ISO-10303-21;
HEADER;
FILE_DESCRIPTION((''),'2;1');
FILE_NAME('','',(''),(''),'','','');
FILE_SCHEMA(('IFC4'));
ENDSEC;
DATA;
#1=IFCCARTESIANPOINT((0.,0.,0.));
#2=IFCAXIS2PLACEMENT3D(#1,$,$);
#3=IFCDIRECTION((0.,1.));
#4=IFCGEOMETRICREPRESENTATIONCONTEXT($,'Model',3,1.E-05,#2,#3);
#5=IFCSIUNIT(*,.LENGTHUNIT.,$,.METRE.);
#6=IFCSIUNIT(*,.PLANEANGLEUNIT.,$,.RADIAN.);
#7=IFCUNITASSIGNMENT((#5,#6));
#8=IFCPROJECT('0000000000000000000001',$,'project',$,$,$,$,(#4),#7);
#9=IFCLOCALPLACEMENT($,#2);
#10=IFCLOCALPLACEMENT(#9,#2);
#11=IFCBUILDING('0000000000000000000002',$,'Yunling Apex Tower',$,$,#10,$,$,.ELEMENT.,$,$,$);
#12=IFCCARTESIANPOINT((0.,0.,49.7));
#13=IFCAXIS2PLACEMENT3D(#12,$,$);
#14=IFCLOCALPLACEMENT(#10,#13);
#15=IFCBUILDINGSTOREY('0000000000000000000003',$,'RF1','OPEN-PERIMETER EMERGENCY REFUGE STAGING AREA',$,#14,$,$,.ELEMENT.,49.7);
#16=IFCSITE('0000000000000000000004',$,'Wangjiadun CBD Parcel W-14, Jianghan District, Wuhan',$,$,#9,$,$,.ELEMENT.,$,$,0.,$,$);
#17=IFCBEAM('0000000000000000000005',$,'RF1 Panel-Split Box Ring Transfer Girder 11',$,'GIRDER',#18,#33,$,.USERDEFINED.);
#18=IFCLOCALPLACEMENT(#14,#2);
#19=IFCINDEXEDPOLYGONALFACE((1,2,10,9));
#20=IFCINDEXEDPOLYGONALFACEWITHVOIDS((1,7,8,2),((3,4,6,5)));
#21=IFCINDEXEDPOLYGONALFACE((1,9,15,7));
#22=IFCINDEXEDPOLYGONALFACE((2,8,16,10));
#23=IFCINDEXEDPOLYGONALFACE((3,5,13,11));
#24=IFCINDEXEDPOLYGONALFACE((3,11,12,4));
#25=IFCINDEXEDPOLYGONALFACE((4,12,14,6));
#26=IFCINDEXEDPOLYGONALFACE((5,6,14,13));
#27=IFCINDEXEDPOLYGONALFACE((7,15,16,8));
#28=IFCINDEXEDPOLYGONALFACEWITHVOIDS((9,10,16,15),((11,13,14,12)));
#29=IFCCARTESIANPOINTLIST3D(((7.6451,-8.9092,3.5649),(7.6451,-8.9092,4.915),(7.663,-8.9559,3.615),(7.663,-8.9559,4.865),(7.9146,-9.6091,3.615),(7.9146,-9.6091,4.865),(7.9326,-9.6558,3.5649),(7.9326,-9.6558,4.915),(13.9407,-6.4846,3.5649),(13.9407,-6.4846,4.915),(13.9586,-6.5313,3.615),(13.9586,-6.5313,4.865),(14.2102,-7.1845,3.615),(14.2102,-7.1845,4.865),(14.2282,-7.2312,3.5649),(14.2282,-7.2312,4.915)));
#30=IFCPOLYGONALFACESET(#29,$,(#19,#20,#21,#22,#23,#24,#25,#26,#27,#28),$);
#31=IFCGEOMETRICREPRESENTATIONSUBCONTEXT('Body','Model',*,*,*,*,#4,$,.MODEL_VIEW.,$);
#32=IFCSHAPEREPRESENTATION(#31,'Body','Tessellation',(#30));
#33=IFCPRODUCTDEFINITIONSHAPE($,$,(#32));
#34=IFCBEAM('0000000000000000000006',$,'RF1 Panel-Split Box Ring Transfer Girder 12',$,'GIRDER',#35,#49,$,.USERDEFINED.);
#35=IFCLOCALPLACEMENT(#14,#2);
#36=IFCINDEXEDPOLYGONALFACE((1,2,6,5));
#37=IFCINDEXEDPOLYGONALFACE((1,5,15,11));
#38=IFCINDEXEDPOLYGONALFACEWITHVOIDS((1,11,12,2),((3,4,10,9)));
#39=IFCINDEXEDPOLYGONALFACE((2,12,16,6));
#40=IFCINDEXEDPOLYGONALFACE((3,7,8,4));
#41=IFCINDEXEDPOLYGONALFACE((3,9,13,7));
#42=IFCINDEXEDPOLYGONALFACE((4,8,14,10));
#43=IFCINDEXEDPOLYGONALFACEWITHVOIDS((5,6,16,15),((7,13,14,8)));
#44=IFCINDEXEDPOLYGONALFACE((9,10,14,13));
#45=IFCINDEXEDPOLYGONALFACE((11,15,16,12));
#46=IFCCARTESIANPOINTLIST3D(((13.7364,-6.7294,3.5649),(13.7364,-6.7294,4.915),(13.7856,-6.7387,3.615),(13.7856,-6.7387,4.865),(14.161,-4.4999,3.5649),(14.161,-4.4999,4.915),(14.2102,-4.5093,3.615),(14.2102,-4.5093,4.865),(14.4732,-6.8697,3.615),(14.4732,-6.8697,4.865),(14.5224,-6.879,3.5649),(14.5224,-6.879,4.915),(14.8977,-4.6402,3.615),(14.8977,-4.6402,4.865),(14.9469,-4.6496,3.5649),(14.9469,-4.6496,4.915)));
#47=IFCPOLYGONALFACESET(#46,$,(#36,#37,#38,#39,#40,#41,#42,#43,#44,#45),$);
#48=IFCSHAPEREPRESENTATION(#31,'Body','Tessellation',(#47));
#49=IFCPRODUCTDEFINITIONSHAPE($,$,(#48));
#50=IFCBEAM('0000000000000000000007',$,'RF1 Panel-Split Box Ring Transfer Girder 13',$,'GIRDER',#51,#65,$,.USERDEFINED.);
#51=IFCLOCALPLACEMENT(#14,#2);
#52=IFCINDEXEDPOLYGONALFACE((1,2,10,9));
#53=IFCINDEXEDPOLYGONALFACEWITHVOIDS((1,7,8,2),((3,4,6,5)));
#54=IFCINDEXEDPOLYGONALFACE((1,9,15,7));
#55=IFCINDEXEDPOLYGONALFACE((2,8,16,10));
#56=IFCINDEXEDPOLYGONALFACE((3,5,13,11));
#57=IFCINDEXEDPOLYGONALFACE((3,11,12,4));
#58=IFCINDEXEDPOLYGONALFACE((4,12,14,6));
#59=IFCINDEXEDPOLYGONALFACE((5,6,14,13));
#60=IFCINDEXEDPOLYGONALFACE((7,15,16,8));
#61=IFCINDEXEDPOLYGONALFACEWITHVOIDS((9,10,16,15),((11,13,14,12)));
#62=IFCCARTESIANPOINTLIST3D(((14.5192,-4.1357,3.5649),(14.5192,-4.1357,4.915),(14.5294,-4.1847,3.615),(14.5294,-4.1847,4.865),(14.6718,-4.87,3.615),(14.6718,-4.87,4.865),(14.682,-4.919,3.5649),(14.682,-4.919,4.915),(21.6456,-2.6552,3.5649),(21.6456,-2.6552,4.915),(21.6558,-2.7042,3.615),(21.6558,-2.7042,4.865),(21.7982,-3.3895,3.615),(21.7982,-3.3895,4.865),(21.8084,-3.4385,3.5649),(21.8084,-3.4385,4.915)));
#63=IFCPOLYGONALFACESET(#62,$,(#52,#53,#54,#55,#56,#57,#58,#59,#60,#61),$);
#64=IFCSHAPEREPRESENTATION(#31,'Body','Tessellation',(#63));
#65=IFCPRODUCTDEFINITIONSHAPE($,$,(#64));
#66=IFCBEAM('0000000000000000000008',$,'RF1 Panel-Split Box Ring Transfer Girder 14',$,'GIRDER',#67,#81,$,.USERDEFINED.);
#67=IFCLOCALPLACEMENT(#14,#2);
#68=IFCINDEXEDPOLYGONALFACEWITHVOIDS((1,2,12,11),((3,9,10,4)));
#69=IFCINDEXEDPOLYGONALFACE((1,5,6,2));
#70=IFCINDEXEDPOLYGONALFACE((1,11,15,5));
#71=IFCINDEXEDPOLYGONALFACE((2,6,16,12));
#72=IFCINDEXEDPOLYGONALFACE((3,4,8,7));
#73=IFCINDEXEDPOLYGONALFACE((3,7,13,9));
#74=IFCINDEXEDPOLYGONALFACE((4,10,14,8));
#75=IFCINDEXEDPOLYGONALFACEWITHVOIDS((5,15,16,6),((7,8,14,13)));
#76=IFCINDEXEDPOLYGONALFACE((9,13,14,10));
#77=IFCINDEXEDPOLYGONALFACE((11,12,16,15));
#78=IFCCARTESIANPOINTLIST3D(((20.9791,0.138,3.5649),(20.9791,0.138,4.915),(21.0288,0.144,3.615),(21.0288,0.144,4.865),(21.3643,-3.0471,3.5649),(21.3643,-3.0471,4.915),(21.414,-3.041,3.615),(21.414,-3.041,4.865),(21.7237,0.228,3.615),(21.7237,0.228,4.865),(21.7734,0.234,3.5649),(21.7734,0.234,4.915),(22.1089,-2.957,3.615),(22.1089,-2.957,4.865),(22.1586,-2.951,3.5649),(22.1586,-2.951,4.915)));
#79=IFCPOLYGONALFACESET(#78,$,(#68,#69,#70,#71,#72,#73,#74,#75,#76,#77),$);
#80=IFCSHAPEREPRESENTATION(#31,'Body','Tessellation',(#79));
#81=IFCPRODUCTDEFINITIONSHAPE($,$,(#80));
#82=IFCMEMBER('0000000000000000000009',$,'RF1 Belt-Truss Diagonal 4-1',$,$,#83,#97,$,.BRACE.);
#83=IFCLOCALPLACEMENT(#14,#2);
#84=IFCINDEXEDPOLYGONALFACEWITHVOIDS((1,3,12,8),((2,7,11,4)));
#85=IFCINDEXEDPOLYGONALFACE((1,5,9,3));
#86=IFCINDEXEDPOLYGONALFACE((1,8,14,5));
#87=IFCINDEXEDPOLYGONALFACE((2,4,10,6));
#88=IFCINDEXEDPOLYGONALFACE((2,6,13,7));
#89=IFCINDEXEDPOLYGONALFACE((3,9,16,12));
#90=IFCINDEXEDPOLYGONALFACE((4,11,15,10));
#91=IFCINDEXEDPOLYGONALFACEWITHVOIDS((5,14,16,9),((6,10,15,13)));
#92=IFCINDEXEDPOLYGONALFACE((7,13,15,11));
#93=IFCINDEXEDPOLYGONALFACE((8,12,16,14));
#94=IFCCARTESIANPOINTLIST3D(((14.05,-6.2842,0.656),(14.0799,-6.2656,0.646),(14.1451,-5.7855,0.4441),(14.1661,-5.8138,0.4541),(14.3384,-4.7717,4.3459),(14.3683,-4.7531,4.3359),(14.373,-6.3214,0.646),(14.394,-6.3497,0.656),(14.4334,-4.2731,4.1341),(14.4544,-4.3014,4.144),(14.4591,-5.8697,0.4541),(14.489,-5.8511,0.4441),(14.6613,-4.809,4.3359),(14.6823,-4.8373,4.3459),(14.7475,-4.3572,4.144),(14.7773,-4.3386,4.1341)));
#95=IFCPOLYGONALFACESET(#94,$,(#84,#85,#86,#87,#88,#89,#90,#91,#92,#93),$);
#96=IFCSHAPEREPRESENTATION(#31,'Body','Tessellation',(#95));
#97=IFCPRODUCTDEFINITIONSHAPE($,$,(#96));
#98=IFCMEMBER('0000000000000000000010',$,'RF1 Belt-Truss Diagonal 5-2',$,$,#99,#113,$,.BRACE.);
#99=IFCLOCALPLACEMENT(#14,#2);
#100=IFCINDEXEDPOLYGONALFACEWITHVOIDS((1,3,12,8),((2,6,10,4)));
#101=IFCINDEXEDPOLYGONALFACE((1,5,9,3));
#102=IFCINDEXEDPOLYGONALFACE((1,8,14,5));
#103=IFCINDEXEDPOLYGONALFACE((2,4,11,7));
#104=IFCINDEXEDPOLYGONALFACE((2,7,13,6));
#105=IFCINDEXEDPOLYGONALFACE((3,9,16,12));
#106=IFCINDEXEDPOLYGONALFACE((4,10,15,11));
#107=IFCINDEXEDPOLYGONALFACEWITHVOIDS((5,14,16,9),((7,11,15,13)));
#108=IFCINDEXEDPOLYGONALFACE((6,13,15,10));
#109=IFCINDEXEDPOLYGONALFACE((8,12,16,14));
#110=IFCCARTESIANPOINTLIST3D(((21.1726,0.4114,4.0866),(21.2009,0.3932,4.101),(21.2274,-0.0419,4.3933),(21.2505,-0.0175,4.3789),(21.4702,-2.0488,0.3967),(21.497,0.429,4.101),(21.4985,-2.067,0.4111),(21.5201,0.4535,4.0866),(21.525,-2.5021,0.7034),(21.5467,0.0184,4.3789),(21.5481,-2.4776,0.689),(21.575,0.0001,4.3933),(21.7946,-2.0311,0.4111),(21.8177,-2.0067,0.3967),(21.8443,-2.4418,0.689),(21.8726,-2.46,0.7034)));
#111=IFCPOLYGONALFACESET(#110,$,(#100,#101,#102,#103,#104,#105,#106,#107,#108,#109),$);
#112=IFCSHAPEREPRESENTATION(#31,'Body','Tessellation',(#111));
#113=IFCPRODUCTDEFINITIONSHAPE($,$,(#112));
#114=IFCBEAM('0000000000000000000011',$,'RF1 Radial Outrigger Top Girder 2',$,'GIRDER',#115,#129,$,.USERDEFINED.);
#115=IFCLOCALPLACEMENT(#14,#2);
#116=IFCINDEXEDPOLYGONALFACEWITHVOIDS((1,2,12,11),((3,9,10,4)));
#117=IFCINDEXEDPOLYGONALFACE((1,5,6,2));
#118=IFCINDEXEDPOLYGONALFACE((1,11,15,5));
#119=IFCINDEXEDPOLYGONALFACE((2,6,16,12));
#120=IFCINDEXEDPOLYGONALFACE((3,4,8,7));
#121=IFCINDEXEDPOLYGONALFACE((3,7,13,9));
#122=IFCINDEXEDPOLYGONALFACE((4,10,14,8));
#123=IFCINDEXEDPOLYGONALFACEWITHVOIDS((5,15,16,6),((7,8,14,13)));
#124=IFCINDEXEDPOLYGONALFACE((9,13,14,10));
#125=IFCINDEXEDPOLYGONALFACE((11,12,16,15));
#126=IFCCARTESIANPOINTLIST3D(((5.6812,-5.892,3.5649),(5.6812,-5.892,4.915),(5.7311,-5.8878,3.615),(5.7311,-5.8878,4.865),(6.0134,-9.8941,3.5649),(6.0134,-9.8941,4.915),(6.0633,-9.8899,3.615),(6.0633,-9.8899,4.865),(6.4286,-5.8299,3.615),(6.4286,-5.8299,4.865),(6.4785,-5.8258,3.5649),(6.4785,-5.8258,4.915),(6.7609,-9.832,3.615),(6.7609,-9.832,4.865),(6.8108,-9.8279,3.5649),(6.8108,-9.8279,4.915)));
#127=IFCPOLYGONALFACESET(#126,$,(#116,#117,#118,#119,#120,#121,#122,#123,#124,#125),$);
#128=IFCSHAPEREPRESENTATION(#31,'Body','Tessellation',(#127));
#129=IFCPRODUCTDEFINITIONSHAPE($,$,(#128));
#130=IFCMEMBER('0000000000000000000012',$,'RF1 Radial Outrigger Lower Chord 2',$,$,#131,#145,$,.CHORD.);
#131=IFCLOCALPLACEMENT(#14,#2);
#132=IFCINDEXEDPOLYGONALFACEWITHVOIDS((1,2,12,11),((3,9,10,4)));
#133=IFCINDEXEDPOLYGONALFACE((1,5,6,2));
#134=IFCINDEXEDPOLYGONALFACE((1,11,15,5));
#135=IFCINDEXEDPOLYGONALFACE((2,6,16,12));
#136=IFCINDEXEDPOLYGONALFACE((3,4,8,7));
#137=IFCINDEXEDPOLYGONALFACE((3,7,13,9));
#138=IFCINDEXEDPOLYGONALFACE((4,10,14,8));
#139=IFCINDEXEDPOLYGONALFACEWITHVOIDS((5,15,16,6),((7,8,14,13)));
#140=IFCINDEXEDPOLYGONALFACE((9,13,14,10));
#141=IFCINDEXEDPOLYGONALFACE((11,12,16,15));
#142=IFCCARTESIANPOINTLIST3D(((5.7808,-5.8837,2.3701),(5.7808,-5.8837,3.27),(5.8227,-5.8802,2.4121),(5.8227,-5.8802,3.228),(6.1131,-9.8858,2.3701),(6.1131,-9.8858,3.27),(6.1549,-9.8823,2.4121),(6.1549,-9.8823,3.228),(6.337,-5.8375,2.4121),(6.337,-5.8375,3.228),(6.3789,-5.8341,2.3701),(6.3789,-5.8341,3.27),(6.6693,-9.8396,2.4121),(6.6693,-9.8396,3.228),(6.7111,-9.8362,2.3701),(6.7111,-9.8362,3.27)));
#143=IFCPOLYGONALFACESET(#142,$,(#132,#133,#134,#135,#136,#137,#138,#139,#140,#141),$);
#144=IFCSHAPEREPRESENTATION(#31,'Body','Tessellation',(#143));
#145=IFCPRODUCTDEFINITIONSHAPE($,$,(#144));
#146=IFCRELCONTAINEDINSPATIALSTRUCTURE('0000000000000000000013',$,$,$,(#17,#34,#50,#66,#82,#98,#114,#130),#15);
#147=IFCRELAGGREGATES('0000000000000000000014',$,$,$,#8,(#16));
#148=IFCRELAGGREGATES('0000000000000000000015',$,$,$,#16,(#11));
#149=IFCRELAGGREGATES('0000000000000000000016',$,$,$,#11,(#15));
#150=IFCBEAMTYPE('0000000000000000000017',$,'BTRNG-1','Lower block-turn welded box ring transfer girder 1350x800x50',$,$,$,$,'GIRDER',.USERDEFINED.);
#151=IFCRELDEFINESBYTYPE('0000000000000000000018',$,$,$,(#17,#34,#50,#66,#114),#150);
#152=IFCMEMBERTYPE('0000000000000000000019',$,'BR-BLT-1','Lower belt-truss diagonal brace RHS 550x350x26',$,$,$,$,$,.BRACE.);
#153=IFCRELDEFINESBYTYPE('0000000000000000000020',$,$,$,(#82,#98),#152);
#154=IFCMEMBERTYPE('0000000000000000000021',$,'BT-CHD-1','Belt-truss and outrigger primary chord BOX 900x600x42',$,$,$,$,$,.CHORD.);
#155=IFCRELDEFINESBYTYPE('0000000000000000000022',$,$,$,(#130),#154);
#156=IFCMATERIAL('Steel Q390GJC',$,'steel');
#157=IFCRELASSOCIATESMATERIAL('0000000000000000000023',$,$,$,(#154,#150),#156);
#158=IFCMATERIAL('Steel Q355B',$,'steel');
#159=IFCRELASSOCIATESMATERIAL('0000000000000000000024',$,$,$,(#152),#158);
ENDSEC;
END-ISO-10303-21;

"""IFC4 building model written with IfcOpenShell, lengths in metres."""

from ifc_helpers import new_model, si_unit, direction, frame, origin, origin_2d, place, context, subcontext, project, spatial, hollow_rectangle, extrude, source, transform, mapped, material, material_profile, profile_set, type_object, element, save


model = new_model("IFC4")

# Units and contexts
model_context = context("Model", 3, precision=1e-05, world=origin(), true_north=direction((0.0, 1.0)))
body_context = subcontext(model_context, "Body", "Model", "MODEL_VIEW")
ifc_project = project(units=[si_unit("LENGTHUNIT", "METRE"), si_unit("PLANEANGLEUNIT", "RADIAN")], contexts=[model_context])

# Site, building, storey
site_placement = place(None, origin())
site = spatial("IfcSite", under=ifc_project, at=site_placement, Name="Wangjiadun CBD Parcel W-14, Jianghan District, Wuhan", CompositionType="ELEMENT", RefElevation=0.0)
building_placement = place(site_placement, origin())
building = spatial("IfcBuilding", under=site, at=building_placement, Name="Yunling Apex Tower", CompositionType="ELEMENT")
storey_placement = place(building_placement, frame((0.0, 0.0, 49.7)))
storey = spatial("IfcBuildingStorey", under=building, at=storey_placement, Name="RF1", Description="OPEN-PERIMETER EMERGENCY REFUGE STAGING AREA", CompositionType="ELEMENT", Elevation=49.7)

# Shared definitions
ifc_material_1 = material(Name="Steel Q390GJC", Category="steel")

# Shared definitions
ifc_material_profile_1 = material_profile(ifc_material_1, hollow_rectangle(XDim=0.6001, YDim=0.8999, WallThickness=0.042, at=origin_2d()))
ifc_profile_set_1 = profile_set([ifc_material_profile_1], Name="Steel Q390GJC")
member_type_1 = type_object("IfcMemberType", Name="BT-CHD-1", Description="Belt-truss and outrigger primary chord BOX 900x600x42", PredefinedType="CHORD", material=ifc_profile_set_1)

# Beams
ifc_material_profile_2 = material_profile(ifc_material_1, hollow_rectangle(XDim=0.8, YDim=1.3501, WallThickness=0.05, at=origin_2d()))
ifc_profile_set_2 = profile_set([ifc_material_profile_2], Name="Steel Q390GJC")
beam_type = type_object("IfcBeamType", Name="BTRNG-1", Description="Lower block-turn welded box ring transfer girder 1350x800x50", ElementType="GIRDER", PredefinedType="USERDEFINED", material=ifc_profile_set_2)
shared_shape_1 = source(origin(), body_context, "Body", "SweptSolid", [
    extrude(hollow_rectangle(XDim=0.8, YDim=1.3501, WallThickness=0.05, at=origin_2d()), origin(), (0.0, 0.0, 1.0), 6.7463),
])
beam_1_placement = place(storey_placement, frame((7.7888, -9.2825, 4.24), z_axis=(0.933189, 0.359386, 0.0), x_axis=(-0.359386, 0.933189, 0.0)))
element("IfcBeam", 1, at=beam_1_placement, inside=storey, type_object=beam_type, Name="RF1 Panel-Split Box Ring Transfer Girder 11", ObjectType="GIRDER", PredefinedType="USERDEFINED", context=body_context, shape_type="MappedRepresentation", body=[
    mapped(shared_shape_1, transform((0.0, 0.0, 0.0), scale=1.0)),
])
shared_shape_2 = source(origin(), body_context, "Body", "SweptSolid", [
    extrude(hollow_rectangle(XDim=0.8, YDim=1.3501, WallThickness=0.05, at=origin_2d()), origin(), (0.0, 0.0, 1.0), 2.2695),
])
beam_2_placement = place(storey_placement, frame((14.1294, -6.8042, 4.24), z_axis=(0.187068, 0.982347, 0.0), x_axis=(-0.982347, 0.187068, 0.0)))
element("IfcBeam", 2, at=beam_2_placement, inside=storey, type_object=beam_type, Name="RF1 Panel-Split Box Ring Transfer Girder 12", ObjectType="GIRDER", PredefinedType="USERDEFINED", context=body_context, shape_type="MappedRepresentation", body=[
    mapped(shared_shape_2, transform((0.0, 0.0, 0.0), scale=1.0)),
])
shared_shape_3 = source(origin(), body_context, "Body", "SweptSolid", [
    extrude(hollow_rectangle(XDim=0.8, YDim=1.3501, WallThickness=0.05, at=origin_2d()), origin(), (0.0, 0.0, 1.0), 7.2786),
])
beam_3_placement = place(storey_placement, frame((14.6006, -4.5273, 4.24), z_axis=(0.979096, 0.2034, 0.0), x_axis=(-0.2034, 0.979096, 0.0)))
element("IfcBeam", 3, at=beam_3_placement, inside=storey, type_object=beam_type, Name="RF1 Panel-Split Box Ring Transfer Girder 13", ObjectType="GIRDER", PredefinedType="USERDEFINED", context=body_context, shape_type="MappedRepresentation", body=[
    mapped(shared_shape_3, transform((0.0, 0.0, 0.0), scale=1.0)),
])
shared_shape_4 = source(origin(), body_context, "Body", "SweptSolid", [
    extrude(hollow_rectangle(XDim=0.8, YDim=1.3501, WallThickness=0.05, at=origin_2d()), origin(), (0.0, 0.0, 1.0), 3.2083),
])
beam_4_placement = place(storey_placement, frame((21.7615, -2.999, 4.24), z_axis=(-0.120081, 0.992764, 0.0), x_axis=(-0.992764, -0.120081, 0.0)))
element("IfcBeam", 4, at=beam_4_placement, inside=storey, type_object=beam_type, Name="RF1 Panel-Split Box Ring Transfer Girder 14", ObjectType="GIRDER", PredefinedType="USERDEFINED", context=body_context, shape_type="MappedRepresentation", body=[
    mapped(shared_shape_4, transform((0.0, 0.0, 0.0), scale=1.0)),
])

# Members
ifc_material_2 = material(Name="Steel Q355B", Category="steel")
ifc_material_profile_3 = material_profile(ifc_material_2, hollow_rectangle(XDim=0.3501, YDim=0.55, WallThickness=0.0259, at=origin_2d()))
ifc_profile_set_3 = profile_set([ifc_material_profile_3], Name="Steel Q355B")
member_type_2 = type_object("IfcMemberType", Name="BR-BLT-1", Description="Lower belt-truss diagonal brace RHS 550x350x26", PredefinedType="BRACE", material=ifc_profile_set_3)
shared_shape_5 = source(origin(), body_context, "Body", "SweptSolid", [
    extrude(hollow_rectangle(XDim=0.3501, YDim=0.55, WallThickness=0.0259, at=origin_2d()), origin(), (0.0, 0.0, 1.0), 3.9983),
])
member_1_placement = place(storey_placement, frame((14.2695, -6.0676, 0.55), z_axis=(0.072113, 0.378275, 0.92288), x_axis=(-0.982309, 0.187265, 0.0)))
element("IfcMember", 5, at=member_1_placement, inside=storey, type_object=member_type_2, Name="RF1 Belt-Truss Diagonal 4-1", PredefinedType="BRACE", context=body_context, shape_type="MappedRepresentation", body=[
    mapped(shared_shape_5, transform((0.0, 0.0, 0.0), scale=1.0)),
])
shared_shape_6 = source(origin(), body_context, "Body", "SweptSolid", [
    extrude(hollow_rectangle(XDim=0.3501, YDim=0.55, WallThickness=0.0259, at=origin_2d()), origin(), (0.0, 0.0, 1.0), 4.4448),
])
member_2_placement = place(storey_placement, frame((21.6714, -2.2544, 0.55), z_axis=(-0.066955, 0.553493, 0.830158), x_axis=(-0.992763, -0.120093, 0.0)))
element("IfcMember", 6, at=member_2_placement, inside=storey, type_object=member_type_2, Name="RF1 Belt-Truss Diagonal 5-2", PredefinedType="BRACE", context=body_context, shape_type="MappedRepresentation", body=[
    mapped(shared_shape_6, transform((0.0, 0.0, 0.0), scale=1.0)),
])

# Beam
shared_shape_7 = source(origin(), body_context, "Body", "SweptSolid", [
    extrude(hollow_rectangle(XDim=0.8, YDim=1.3501, WallThickness=0.05, at=origin_2d()), origin(), (0.0, 0.0, 1.0), 4.0159),
])
beam_5_placement = place(storey_placement, frame((6.0798, -5.8589, 4.24), z_axis=(0.082739, -0.996571, 0.0), x_axis=(0.996571, 0.082739, 0.0)))
element("IfcBeam", 7, at=beam_5_placement, inside=storey, type_object=beam_type, Name="RF1 Radial Outrigger Top Girder 2", ObjectType="GIRDER", PredefinedType="USERDEFINED", context=body_context, shape_type="MappedRepresentation", body=[
    mapped(shared_shape_7, transform((0.0, 0.0, 0.0), scale=1.0)),
])

# Member
shared_shape_8 = source(origin(), body_context, "Body", "SweptSolid", [
    extrude(hollow_rectangle(XDim=0.6001, YDim=0.8999, WallThickness=0.042, at=origin_2d()), origin(), (0.0, 0.0, 1.0), 4.0159),
])
member_3_placement = place(storey_placement, frame((6.0798, -5.8589, 2.8201), z_axis=(0.082739, -0.996571, 0.0), x_axis=(0.996571, 0.082739, 0.0)))
element("IfcMember", 8, at=member_3_placement, inside=storey, type_object=member_type_1, Name="RF1 Radial Outrigger Lower Chord 2", PredefinedType="CHORD", context=body_context, shape_type="MappedRepresentation", body=[
    mapped(shared_shape_8, transform((0.0, 0.0, 0.0), scale=1.0)),
])

save(model, "model.ifc")
